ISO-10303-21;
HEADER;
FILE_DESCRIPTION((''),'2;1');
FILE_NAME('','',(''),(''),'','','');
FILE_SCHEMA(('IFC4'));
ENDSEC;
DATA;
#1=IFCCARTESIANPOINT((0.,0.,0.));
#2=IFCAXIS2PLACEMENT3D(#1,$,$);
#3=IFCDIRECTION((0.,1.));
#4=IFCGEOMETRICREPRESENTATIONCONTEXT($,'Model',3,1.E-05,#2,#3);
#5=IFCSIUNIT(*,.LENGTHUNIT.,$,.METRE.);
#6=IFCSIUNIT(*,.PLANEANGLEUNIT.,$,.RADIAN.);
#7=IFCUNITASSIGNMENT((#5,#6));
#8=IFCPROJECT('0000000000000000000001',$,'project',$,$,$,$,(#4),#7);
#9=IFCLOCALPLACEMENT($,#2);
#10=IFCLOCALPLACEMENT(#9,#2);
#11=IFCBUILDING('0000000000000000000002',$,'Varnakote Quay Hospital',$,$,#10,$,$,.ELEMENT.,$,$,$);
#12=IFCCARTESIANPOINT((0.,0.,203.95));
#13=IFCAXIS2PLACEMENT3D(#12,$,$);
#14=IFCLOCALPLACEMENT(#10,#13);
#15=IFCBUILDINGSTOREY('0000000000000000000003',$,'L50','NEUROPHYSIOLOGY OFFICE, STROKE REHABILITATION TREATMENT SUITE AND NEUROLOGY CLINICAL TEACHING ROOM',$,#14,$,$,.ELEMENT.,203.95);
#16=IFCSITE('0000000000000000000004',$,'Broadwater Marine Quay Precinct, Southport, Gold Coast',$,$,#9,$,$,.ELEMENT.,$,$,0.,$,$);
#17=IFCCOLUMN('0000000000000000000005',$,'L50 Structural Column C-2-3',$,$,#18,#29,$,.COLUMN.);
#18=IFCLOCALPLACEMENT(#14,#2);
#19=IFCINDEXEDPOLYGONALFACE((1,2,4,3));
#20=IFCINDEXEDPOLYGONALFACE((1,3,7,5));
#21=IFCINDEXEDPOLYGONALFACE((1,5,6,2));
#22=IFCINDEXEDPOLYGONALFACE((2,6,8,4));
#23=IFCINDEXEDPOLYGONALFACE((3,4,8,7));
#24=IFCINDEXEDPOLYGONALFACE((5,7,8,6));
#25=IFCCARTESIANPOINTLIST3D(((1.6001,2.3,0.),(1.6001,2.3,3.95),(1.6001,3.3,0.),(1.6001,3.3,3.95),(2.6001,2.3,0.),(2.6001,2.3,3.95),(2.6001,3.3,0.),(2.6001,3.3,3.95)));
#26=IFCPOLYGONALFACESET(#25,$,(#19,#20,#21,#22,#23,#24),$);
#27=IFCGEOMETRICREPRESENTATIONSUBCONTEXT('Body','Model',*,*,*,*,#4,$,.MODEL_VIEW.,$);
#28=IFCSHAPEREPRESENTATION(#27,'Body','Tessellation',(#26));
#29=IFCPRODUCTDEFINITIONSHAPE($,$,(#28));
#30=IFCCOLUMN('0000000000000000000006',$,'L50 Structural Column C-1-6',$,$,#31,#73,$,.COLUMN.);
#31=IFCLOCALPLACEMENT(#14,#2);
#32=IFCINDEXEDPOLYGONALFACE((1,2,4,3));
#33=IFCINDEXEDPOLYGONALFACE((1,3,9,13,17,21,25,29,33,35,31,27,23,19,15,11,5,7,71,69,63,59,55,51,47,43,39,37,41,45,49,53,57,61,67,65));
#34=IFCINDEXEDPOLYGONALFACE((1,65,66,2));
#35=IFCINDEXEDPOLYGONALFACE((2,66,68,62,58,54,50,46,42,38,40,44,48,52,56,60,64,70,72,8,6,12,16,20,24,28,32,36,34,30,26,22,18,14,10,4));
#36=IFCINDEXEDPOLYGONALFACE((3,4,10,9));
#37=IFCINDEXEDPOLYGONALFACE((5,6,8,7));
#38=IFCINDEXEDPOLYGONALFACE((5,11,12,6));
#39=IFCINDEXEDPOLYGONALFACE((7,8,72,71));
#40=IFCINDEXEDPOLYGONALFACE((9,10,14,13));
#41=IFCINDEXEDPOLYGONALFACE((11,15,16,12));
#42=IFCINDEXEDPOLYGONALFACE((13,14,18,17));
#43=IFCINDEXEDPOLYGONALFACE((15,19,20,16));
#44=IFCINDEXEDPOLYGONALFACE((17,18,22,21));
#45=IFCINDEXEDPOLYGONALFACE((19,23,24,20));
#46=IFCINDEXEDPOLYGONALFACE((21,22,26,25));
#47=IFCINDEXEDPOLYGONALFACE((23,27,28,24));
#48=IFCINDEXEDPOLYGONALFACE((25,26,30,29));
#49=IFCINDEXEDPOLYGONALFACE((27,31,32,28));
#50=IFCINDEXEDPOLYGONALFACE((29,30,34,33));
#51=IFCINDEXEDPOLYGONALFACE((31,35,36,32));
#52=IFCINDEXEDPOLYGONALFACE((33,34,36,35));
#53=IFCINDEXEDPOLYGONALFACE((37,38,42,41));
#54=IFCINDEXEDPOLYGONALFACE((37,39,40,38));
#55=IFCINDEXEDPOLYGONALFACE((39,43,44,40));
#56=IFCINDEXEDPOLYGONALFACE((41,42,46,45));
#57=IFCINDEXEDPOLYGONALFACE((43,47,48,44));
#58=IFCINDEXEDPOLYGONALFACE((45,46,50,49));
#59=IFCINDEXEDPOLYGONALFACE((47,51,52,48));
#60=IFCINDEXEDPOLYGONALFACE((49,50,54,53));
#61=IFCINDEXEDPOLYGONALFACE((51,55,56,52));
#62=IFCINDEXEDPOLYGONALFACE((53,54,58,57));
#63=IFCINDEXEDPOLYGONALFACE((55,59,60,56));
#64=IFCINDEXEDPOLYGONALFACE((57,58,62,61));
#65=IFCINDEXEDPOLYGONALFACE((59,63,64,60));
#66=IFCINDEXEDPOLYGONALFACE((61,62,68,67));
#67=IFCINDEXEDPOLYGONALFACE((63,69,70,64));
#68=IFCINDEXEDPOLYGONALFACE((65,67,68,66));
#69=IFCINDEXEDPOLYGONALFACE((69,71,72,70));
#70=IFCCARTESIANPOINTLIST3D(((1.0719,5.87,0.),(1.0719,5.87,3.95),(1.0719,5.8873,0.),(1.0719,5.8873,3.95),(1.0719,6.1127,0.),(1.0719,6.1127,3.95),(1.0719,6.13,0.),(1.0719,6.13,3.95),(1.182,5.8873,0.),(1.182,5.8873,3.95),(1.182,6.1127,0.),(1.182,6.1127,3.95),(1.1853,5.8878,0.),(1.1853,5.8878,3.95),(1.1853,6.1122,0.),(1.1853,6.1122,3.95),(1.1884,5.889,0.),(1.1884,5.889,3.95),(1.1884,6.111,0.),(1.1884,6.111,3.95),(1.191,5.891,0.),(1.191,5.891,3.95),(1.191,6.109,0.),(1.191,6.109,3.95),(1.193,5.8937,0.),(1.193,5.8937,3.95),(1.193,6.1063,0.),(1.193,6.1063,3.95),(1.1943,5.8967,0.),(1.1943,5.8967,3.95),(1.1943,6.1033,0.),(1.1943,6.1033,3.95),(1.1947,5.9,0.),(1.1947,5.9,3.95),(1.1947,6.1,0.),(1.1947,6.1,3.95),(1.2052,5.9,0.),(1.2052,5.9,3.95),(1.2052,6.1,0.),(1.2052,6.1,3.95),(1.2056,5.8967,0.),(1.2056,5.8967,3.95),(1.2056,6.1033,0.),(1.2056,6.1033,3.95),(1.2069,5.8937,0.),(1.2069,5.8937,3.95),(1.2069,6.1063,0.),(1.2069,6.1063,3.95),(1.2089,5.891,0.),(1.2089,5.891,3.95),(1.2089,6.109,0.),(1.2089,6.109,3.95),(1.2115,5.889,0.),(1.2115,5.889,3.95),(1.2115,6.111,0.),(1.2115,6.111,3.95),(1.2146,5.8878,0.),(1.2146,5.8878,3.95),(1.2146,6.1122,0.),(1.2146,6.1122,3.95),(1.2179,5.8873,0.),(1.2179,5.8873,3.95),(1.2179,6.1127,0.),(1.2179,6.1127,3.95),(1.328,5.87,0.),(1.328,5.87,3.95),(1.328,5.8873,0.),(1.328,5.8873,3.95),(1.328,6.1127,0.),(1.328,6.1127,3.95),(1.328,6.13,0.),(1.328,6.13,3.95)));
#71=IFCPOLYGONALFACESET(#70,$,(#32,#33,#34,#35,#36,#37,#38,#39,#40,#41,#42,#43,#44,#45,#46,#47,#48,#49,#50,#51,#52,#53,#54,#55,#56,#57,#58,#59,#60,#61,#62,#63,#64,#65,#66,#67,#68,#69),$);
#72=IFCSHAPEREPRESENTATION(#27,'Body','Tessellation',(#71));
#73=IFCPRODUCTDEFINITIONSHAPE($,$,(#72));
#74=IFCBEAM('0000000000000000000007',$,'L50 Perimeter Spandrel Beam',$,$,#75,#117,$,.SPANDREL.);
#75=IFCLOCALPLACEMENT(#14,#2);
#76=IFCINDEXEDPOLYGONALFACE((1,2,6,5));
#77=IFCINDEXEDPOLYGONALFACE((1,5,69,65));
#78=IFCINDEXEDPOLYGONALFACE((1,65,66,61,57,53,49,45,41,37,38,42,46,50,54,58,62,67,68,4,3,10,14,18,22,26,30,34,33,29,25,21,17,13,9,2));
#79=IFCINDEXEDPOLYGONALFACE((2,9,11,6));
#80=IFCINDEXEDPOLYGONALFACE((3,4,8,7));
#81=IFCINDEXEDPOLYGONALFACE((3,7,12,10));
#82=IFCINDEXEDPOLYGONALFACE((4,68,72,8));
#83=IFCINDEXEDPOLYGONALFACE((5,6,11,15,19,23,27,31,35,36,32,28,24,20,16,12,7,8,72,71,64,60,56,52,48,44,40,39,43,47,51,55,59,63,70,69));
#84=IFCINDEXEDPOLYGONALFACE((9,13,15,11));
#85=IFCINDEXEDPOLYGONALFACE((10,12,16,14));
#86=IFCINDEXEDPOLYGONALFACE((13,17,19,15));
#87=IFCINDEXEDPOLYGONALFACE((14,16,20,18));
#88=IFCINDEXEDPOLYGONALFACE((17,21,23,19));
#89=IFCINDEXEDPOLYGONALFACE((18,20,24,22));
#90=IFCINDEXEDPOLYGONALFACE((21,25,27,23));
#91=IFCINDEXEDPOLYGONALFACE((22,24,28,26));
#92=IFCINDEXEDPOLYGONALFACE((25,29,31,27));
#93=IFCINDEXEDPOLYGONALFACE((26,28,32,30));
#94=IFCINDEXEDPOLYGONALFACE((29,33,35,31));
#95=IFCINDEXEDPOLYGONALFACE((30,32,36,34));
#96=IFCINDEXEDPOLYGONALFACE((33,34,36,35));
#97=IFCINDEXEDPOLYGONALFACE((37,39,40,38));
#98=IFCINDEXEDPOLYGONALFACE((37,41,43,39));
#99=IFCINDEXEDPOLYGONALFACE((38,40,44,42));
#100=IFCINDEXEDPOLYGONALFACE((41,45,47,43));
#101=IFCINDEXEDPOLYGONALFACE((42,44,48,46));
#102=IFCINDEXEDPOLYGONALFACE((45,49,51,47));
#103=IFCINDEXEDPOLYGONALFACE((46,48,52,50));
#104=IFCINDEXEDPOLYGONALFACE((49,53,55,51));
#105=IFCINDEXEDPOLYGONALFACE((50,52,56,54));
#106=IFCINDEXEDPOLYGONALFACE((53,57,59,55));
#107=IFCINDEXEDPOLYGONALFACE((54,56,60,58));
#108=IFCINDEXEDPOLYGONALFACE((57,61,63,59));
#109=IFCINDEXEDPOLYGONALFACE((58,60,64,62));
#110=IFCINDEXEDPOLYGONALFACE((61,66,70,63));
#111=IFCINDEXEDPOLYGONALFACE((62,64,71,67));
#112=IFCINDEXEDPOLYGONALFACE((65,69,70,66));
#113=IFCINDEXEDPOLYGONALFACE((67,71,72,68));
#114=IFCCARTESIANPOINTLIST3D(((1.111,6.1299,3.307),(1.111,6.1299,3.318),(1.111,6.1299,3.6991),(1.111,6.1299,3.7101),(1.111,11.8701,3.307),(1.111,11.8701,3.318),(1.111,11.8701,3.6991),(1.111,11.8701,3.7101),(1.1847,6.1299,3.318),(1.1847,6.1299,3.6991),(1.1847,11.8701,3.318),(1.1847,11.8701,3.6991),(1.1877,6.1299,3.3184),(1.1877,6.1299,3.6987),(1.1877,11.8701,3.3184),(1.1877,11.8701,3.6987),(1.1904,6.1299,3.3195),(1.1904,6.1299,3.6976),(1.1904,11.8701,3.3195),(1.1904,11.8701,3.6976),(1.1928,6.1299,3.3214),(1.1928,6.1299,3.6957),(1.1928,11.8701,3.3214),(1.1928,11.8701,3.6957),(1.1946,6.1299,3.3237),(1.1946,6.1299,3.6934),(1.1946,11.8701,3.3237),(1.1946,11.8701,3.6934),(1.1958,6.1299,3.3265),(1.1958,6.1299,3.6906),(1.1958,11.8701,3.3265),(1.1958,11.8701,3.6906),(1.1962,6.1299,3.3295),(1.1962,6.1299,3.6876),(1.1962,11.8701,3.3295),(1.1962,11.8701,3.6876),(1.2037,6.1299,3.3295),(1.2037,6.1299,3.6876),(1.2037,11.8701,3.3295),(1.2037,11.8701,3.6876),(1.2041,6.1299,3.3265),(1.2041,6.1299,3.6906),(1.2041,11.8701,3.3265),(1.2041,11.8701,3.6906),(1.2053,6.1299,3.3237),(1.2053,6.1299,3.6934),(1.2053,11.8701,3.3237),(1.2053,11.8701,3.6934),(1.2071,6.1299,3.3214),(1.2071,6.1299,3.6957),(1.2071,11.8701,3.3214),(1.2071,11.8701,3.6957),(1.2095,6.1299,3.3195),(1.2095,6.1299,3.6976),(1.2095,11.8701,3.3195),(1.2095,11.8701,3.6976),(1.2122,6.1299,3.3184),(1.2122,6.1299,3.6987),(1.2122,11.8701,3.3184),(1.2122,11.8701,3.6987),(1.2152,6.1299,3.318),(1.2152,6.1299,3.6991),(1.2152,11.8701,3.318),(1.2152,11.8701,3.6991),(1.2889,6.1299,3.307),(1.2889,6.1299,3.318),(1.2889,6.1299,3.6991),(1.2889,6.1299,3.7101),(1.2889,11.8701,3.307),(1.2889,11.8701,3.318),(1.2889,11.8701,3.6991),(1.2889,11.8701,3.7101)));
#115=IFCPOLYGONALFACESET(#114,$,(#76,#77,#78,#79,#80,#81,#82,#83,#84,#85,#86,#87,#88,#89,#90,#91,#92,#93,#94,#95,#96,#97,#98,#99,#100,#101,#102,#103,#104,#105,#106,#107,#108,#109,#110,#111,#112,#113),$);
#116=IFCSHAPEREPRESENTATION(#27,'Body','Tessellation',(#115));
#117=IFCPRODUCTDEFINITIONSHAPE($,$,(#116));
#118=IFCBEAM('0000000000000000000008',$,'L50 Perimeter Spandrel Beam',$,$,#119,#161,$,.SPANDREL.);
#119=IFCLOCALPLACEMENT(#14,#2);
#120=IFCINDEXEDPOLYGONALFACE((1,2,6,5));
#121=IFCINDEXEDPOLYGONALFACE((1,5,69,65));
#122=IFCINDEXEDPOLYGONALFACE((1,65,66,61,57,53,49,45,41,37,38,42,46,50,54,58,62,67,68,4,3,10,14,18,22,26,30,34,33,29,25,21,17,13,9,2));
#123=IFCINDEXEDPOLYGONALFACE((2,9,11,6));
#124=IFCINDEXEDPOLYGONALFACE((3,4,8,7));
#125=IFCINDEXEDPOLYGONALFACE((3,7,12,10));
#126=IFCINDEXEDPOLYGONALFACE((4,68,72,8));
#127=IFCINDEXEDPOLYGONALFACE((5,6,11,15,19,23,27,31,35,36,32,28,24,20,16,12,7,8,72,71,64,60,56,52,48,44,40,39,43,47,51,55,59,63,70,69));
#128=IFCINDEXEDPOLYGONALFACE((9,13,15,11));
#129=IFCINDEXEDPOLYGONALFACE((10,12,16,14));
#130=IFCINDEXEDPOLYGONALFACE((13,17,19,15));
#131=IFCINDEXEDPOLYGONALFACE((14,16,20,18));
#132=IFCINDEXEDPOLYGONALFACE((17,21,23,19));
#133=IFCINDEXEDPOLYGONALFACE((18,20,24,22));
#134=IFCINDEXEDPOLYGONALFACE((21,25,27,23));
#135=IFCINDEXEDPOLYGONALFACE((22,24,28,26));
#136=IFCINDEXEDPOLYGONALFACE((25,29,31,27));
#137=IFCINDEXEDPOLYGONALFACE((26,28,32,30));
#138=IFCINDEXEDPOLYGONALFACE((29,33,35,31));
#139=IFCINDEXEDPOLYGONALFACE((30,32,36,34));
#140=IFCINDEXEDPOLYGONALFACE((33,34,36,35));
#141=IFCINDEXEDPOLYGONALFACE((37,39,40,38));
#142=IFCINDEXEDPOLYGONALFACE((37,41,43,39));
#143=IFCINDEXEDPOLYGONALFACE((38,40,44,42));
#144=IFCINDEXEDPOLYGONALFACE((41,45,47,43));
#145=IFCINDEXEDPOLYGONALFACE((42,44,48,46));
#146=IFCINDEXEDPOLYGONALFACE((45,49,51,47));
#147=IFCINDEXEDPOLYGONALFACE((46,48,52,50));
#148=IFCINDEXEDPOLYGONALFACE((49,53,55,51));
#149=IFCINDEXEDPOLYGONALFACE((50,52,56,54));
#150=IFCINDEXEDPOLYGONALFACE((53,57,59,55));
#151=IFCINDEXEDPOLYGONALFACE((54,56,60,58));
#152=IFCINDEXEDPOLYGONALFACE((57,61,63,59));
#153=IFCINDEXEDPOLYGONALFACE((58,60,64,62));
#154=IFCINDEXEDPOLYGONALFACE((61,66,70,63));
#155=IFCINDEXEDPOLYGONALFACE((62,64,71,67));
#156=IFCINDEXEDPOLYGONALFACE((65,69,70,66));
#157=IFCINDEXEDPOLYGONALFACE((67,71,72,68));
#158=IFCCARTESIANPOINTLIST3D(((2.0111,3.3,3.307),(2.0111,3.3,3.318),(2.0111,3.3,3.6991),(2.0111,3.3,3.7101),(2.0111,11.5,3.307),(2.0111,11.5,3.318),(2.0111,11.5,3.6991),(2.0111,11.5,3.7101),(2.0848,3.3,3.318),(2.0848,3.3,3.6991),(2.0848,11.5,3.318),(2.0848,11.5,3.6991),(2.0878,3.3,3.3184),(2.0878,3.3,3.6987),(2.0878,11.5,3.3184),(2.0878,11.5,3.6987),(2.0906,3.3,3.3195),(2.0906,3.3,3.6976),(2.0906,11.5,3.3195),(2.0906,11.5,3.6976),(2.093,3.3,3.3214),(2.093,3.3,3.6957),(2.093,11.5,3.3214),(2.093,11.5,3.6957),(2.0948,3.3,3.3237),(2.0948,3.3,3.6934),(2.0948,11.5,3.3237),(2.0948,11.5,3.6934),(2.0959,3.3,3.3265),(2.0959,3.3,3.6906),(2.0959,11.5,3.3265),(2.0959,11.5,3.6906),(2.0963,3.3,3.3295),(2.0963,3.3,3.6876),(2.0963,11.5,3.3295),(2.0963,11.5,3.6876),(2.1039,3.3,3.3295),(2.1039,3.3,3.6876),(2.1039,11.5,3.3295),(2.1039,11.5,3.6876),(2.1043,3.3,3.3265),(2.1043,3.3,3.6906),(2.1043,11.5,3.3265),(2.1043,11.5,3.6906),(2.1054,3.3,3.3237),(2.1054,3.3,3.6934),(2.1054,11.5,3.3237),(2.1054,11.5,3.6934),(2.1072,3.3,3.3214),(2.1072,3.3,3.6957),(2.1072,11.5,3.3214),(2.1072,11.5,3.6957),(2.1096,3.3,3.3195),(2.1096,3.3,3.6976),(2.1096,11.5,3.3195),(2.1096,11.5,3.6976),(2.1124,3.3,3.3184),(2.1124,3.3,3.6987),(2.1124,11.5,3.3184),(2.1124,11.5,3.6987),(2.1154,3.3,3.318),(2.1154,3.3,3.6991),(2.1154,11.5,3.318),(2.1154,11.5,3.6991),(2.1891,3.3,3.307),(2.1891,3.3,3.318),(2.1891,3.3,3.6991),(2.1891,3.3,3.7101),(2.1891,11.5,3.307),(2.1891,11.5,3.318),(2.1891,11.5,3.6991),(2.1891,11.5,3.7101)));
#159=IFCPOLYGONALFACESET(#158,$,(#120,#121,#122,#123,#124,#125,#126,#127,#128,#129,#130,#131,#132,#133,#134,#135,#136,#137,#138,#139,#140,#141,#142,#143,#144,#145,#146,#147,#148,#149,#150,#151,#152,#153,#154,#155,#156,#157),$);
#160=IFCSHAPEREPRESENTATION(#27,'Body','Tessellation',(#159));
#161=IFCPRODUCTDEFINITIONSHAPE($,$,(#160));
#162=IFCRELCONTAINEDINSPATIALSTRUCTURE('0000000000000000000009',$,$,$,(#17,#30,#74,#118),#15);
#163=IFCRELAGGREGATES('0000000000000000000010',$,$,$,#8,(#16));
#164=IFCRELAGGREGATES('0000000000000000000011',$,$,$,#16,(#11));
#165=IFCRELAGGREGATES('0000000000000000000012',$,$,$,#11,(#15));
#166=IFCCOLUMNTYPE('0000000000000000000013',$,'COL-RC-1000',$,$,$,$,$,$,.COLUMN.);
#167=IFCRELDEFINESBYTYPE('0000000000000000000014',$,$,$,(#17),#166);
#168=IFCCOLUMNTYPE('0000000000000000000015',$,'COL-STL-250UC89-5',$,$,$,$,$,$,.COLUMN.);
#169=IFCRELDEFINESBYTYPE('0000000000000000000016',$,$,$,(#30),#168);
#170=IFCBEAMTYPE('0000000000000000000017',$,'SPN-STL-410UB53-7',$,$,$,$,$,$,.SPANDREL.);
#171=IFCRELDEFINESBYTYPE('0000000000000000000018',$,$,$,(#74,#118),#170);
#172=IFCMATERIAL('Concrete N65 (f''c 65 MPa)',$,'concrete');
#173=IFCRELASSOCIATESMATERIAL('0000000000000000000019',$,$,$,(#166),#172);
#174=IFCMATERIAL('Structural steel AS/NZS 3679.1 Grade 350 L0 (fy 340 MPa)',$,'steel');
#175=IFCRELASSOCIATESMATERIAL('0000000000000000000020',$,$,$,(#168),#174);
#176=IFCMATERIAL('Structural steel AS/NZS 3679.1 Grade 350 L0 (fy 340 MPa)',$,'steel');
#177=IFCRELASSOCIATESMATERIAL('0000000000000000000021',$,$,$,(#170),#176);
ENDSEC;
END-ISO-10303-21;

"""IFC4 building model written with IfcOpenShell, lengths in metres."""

from ifc_helpers import new_model, si_unit, direction, frame, origin, origin_2d, place, context, subcontext, project, spatial, rectangle, i_section, extrude, material, material_profile, profile_set, type_object, element, save


model = new_model("IFC4")

# Units and contexts
model_context = context("Model", 3, precision=1e-05, world=origin(), true_north=direction((0.0, 1.0)))
body_context = subcontext(model_context, "Body", "Model", "MODEL_VIEW")
ifc_project = project(units=[si_unit("LENGTHUNIT", "METRE"), si_unit("PLANEANGLEUNIT", "RADIAN")], contexts=[model_context])

# Site, building, storey
site_placement = place(None, origin())
site = spatial("IfcSite", under=ifc_project, at=site_placement, Name="Broadwater Marine Quay Precinct, Southport, Gold Coast", CompositionType="ELEMENT", RefElevation=0.0)
building_placement = place(site_placement, origin())
building = spatial("IfcBuilding", under=site, at=building_placement, Name="Varnakote Quay Hospital", CompositionType="ELEMENT")
storey_placement = place(building_placement, frame((0.0, 0.0, 203.95)))
storey = spatial("IfcBuildingStorey", under=building, at=storey_placement, Name="L50", Description="NEUROPHYSIOLOGY OFFICE, STROKE REHABILITATION TREATMENT SUITE AND NEUROLOGY CLINICAL TEACHING ROOM", CompositionType="ELEMENT", Elevation=203.95)

# Columns
ifc_material_1 = material(Name="Concrete N65 (f'c 65 MPa)", Category="concrete")
ifc_material_profile_1 = material_profile(ifc_material_1, rectangle(XDim=1.0, YDim=1.0, at=origin_2d()), Name="RC-COL-1000x1000")
ifc_profile_set_1 = profile_set([ifc_material_profile_1], Name="Concrete N65 (f'c 65 MPa)")
column_type_1 = type_object("IfcColumnType", Name="COL-RC-1000", PredefinedType="COLUMN", material=ifc_profile_set_1)
column_1_placement = place(storey_placement, frame((2.1001, 2.8, 0.0), z_axis=(0.0, 0.0, 1.0), x_axis=(1.0, 0.0, 0.0)))
element("IfcColumn", 1, at=column_1_placement, inside=storey, type_object=column_type_1, Name="L50 Structural Column C-2-3", PredefinedType="COLUMN", context=body_context, shape_type="SweptSolid", body=[
    extrude(rectangle(XDim=1.0, YDim=1.0, at=origin_2d()), origin(), (0.0, 0.0, 1.0), 3.95),
])
ifc_material_2 = material(Name="Structural steel AS/NZS 3679.1 Grade 350 L0 (fy 340 MPa)", Category="steel")
ifc_material_profile_2 = material_profile(ifc_material_2, i_section(OverallWidth=0.2561, OverallDepth=0.26, WebThickness=0.0105, FlangeThickness=0.0173, FilletRadius=0.0127, at=origin_2d()), Name="250UC89.5")
ifc_profile_set_2 = profile_set([ifc_material_profile_2], Name="Structural steel AS/NZS 3679.1 Grade 350 L0 (fy 340 MPa)")
column_type_2 = type_object("IfcColumnType", Name="COL-STL-250UC89-5", PredefinedType="COLUMN", material=ifc_profile_set_2)
column_2_placement = place(storey_placement, frame((1.2, 6.0, 0.0), z_axis=(0.0, 0.0, 1.0), x_axis=(1.0, 0.0, 0.0)))
element("IfcColumn", 2, at=column_2_placement, inside=storey, type_object=column_type_2, Name="L50 Structural Column C-1-6", PredefinedType="COLUMN", context=body_context, shape_type="SweptSolid", body=[
    extrude(i_section(OverallWidth=0.2561, OverallDepth=0.26, WebThickness=0.0105, FlangeThickness=0.0173, FilletRadius=0.0127, at=origin_2d()), origin(), (0.0, 0.0, 1.0), 3.95),
])

# Beams
ifc_material_3 = material(Name="Structural steel AS/NZS 3679.1 Grade 350 L0 (fy 340 MPa)", Category="steel")
ifc_material_profile_3 = material_profile(ifc_material_3, i_section(OverallWidth=0.178, OverallDepth=0.4031, WebThickness=0.0076, FlangeThickness=0.011, FilletRadius=0.0115, at=origin_2d()), Name="410UB53.7")
ifc_profile_set_3 = profile_set([ifc_material_profile_3], Name="Structural steel AS/NZS 3679.1 Grade 350 L0 (fy 340 MPa)")
beam_type_1 = type_object("IfcBeamType", Name="SPN-STL-410UB53-7", PredefinedType="SPANDREL", material=ifc_profile_set_3)
beam_1_placement = place(storey_placement, frame((1.2, 6.1299, 3.5085), z_axis=(0.0, 1.0, 0.0), x_axis=(-1.0, 0.0, 0.0)))
element("IfcBeam", 3, at=beam_1_placement, inside=storey, type_object=beam_type_1, Name="L50 Perimeter Spandrel Beam", PredefinedType="SPANDREL", context=body_context, shape_type="SweptSolid", body=[
    extrude(i_section(OverallWidth=0.178, OverallDepth=0.4031, WebThickness=0.0076, FlangeThickness=0.011, FilletRadius=0.0115, at=origin_2d()), origin(), (0.0, 0.0, 1.0), 5.7402),
])
beam_2_placement = place(storey_placement, frame((2.1001, 3.3, 3.5085), z_axis=(0.0, 1.0, 0.0), x_axis=(-1.0, 0.0, 0.0)))
element("IfcBeam", 4, at=beam_2_placement, inside=storey, type_object=beam_type_1, Name="L50 Perimeter Spandrel Beam", PredefinedType="SPANDREL", context=body_context, shape_type="SweptSolid", body=[
    extrude(i_section(OverallWidth=0.178, OverallDepth=0.4031, WebThickness=0.0076, FlangeThickness=0.011, FilletRadius=0.0115, at=origin_2d()), origin(), (0.0, 0.0, 1.0), 8.2),
])

save(model, "model.ifc")
